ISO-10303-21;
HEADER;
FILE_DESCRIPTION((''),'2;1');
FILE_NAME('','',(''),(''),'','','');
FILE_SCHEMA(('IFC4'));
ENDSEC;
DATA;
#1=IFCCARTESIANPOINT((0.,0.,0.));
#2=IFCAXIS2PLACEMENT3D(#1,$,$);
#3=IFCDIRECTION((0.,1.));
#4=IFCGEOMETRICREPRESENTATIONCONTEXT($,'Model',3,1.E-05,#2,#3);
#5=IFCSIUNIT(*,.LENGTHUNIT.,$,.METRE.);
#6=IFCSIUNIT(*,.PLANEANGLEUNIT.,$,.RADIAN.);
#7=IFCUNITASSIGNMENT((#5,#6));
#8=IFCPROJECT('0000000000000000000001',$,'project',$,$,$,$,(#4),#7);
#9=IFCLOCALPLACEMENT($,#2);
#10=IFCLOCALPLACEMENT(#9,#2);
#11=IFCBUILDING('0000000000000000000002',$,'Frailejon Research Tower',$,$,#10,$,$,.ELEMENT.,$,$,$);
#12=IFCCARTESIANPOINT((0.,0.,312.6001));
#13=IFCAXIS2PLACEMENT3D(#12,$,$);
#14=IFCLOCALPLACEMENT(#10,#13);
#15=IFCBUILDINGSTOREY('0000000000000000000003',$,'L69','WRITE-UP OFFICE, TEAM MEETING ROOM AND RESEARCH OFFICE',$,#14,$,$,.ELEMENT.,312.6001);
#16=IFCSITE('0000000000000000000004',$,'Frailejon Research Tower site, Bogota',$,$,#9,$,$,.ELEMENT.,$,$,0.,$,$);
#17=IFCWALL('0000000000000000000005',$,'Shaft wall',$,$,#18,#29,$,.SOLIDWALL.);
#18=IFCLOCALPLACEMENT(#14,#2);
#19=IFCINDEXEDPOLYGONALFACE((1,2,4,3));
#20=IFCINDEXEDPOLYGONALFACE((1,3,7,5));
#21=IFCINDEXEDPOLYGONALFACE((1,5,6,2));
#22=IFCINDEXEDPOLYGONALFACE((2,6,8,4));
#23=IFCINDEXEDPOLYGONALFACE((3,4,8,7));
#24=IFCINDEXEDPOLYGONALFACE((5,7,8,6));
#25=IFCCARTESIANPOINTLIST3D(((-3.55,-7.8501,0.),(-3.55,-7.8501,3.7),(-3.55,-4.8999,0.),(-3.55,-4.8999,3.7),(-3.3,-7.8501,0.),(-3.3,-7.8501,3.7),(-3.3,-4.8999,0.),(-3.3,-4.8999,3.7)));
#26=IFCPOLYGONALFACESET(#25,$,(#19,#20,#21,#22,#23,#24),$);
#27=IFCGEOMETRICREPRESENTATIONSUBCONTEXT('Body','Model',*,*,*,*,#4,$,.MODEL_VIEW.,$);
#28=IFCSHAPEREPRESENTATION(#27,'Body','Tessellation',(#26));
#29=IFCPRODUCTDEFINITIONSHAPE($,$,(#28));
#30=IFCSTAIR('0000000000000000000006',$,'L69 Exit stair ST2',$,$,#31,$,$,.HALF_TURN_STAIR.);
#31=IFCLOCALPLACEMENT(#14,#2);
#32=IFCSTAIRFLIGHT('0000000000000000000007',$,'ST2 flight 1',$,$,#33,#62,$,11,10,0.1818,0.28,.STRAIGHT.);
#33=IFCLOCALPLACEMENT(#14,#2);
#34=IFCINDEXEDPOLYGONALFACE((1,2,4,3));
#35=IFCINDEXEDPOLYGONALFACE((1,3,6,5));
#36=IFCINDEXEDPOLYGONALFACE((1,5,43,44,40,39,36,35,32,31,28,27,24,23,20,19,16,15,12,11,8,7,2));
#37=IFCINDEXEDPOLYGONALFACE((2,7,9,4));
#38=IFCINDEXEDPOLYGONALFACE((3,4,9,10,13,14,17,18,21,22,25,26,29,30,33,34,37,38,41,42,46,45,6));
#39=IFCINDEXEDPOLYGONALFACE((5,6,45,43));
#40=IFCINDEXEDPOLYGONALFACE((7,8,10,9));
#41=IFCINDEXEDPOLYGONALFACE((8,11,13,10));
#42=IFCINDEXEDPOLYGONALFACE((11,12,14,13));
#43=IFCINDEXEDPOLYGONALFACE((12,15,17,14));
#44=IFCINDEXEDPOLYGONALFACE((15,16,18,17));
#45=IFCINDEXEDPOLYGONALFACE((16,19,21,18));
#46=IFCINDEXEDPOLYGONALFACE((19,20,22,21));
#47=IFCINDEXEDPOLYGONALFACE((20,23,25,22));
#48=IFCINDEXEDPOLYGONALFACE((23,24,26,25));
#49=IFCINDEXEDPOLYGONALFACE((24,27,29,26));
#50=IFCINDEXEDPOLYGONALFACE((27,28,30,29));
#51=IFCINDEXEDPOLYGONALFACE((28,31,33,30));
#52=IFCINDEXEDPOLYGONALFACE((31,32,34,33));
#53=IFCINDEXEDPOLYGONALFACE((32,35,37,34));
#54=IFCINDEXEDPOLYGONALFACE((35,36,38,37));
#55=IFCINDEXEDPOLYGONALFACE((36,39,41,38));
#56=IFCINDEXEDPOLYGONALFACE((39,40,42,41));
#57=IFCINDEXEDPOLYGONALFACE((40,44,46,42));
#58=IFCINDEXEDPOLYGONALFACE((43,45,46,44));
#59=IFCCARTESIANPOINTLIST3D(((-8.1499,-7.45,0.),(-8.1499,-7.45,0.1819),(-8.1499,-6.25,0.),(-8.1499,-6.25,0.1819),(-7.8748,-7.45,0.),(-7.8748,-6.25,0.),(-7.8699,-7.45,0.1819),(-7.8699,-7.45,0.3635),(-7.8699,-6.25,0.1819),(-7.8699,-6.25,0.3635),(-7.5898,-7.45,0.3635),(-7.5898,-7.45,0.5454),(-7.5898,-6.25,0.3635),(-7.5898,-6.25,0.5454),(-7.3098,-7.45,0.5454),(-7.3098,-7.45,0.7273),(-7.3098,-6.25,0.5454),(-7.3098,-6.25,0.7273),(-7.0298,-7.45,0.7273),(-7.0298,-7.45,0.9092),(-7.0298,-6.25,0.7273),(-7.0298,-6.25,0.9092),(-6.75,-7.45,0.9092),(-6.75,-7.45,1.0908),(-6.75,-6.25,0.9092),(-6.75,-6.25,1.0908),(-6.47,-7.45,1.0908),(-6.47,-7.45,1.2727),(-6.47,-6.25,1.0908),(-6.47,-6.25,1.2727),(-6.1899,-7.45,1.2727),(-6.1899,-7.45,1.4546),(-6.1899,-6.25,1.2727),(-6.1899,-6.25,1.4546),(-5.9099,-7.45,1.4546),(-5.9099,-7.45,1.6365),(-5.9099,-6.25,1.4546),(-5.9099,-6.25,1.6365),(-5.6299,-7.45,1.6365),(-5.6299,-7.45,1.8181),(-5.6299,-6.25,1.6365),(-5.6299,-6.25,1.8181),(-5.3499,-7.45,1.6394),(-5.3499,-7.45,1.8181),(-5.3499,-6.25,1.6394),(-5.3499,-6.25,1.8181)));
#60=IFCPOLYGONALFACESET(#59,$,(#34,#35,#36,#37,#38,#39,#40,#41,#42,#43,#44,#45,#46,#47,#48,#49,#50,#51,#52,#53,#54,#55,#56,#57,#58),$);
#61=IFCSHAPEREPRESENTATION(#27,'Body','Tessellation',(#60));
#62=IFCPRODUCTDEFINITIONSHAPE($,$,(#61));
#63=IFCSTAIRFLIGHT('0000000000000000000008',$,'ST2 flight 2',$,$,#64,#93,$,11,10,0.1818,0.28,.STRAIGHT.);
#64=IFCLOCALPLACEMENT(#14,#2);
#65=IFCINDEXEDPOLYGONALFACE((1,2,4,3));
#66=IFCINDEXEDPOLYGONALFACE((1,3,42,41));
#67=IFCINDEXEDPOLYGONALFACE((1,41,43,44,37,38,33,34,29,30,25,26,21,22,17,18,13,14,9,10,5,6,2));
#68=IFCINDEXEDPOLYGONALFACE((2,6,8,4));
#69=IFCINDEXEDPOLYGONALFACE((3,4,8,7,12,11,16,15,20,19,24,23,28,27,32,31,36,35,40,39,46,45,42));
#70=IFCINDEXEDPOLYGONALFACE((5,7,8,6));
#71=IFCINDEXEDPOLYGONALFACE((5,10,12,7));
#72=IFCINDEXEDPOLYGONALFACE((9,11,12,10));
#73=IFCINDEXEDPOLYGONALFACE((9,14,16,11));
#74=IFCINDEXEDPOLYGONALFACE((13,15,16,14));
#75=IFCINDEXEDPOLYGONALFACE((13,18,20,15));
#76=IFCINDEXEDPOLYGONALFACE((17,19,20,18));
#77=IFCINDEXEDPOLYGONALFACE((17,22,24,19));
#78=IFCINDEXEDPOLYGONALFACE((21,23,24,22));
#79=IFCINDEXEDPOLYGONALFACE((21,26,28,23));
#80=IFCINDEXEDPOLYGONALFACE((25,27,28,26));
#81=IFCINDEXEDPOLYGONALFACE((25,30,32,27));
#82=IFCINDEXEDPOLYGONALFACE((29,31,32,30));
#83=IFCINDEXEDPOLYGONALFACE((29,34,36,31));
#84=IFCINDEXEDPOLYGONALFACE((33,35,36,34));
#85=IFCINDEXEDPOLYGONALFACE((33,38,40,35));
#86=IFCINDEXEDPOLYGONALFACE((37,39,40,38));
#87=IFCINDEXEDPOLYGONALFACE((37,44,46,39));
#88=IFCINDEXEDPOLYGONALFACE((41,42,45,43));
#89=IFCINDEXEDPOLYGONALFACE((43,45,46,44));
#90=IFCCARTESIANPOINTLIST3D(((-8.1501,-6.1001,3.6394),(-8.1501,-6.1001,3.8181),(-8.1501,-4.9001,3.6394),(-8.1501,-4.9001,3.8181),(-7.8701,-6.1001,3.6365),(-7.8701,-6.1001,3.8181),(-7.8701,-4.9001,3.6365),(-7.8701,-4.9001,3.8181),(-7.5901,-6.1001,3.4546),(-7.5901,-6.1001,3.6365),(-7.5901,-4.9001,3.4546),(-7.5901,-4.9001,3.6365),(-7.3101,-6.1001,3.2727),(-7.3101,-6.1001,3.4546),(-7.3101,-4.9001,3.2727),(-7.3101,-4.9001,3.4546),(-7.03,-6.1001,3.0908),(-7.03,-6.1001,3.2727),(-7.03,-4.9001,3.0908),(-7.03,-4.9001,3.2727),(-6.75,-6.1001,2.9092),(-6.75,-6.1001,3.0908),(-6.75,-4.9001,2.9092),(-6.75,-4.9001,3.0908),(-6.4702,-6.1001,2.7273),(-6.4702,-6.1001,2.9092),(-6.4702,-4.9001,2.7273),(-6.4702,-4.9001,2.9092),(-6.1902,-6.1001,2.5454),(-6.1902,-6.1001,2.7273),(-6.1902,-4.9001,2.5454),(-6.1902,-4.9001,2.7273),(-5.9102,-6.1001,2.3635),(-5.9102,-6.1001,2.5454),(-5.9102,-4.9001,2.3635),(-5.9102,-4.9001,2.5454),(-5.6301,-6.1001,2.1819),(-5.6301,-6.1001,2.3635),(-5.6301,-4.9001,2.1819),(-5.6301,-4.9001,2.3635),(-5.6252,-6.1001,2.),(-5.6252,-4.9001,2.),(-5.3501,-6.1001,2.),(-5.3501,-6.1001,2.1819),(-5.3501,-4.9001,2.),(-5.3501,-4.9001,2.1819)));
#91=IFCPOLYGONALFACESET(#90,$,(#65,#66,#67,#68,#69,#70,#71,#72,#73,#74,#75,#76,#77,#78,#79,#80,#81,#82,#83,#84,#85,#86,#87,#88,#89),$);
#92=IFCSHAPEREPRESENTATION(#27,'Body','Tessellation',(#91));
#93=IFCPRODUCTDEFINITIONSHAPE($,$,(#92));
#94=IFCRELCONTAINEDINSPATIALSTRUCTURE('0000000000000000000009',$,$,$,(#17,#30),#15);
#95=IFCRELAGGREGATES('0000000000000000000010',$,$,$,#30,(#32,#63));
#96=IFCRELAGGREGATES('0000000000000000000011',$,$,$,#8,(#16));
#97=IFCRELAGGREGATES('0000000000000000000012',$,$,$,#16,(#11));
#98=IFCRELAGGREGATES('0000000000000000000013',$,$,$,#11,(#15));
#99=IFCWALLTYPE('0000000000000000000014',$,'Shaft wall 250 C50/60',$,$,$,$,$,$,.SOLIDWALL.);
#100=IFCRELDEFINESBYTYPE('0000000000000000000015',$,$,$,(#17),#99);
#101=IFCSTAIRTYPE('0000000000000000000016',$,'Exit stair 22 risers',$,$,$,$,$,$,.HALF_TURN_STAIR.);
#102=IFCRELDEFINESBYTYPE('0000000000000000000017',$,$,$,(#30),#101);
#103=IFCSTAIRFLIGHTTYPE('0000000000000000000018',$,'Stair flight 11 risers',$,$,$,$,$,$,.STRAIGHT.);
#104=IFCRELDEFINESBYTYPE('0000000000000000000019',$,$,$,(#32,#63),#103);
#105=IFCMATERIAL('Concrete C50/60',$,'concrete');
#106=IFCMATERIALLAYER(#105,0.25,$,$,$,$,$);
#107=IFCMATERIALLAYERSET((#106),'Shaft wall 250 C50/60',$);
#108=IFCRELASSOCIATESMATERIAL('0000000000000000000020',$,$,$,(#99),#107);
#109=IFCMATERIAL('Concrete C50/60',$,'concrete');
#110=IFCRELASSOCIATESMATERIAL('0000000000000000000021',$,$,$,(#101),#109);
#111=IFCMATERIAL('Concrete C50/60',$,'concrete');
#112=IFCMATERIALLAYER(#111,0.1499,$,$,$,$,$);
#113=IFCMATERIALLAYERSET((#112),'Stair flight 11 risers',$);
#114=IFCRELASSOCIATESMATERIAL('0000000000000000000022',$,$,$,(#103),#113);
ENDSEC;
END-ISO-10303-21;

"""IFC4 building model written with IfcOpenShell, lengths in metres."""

from ifc_helpers import new_model, si_unit, direction, frame, frame_2d, origin, place, context, subcontext, project, spatial, polyline, rectangle, outline, extrude, material, layer, layer_set, type_object, element, aggregate, save


model = new_model("IFC4")

# Units and contexts
model_context = context("Model", 3, precision=1e-05, world=origin(), true_north=direction((0.0, 1.0)))
body_context = subcontext(model_context, "Body", "Model", "MODEL_VIEW")
ifc_project = project(units=[si_unit("LENGTHUNIT", "METRE"), si_unit("PLANEANGLEUNIT", "RADIAN")], contexts=[model_context])

# Site, building, storey
site_placement = place(None, origin())
site = spatial("IfcSite", under=ifc_project, at=site_placement, Name="Frailejon Research Tower site, Bogota", CompositionType="ELEMENT", RefElevation=0.0)
building_placement = place(site_placement, origin())
building = spatial("IfcBuilding", under=site, at=building_placement, Name="Frailejon Research Tower", CompositionType="ELEMENT")
storey_placement = place(building_placement, frame((0.0, 0.0, 312.6001)))
storey = spatial("IfcBuildingStorey", under=building, at=storey_placement, Name="L69", Description="WRITE-UP OFFICE, TEAM MEETING ROOM AND RESEARCH OFFICE", CompositionType="ELEMENT", Elevation=312.6001)

# Shared definitions
ifc_material_1 = material(Name="Concrete C50/60", Category="concrete")
ifc_layer_1 = layer(ifc_material_1, 0.25)
ifc_layer_set_1 = layer_set([ifc_layer_1], Name="Shaft wall 250 C50/60")
wall_type_1 = type_object("IfcWallType", Name="Shaft wall 250 C50/60", PredefinedType="SOLIDWALL", material=ifc_layer_set_1)

# Wall
wall_1_placement = place(storey_placement, frame((-3.425, -7.8501, 0.0), z_axis=(0.0, 0.0, 1.0), x_axis=(0.0, 1.0, 0.0)))
element("IfcWall", 1, at=wall_1_placement, inside=storey, type_object=wall_type_1, Name="Shaft wall", PredefinedType="SOLIDWALL", context=body_context, shape_type="SweptSolid", body=[
    extrude(rectangle(XDim=2.9502, YDim=0.25, at=frame_2d((1.4751, 0.0))), origin(), (0.0, 0.0, 1.0), 3.7),
])

# Stair, stair flights
ifc_material_2 = material(Name="Concrete C50/60", Category="concrete")
stair_type = type_object("IfcStairType", Name="Exit stair 22 risers", PredefinedType="HALF_TURN_STAIR", material=ifc_material_2)
stair_placement = place(storey_placement, origin())
stair = element("IfcStair", 2, at=stair_placement, inside=storey, type_object=stair_type, Name="L69 Exit stair ST2", PredefinedType="HALF_TURN_STAIR")
ifc_material_3 = material(Name="Concrete C50/60", Category="concrete")
ifc_layer_2 = layer(ifc_material_3, 0.1499)
ifc_layer_set_2 = layer_set([ifc_layer_2], Name="Stair flight 11 risers")
stair_flight_type = type_object("IfcStairFlightType", Name="Stair flight 11 risers", PredefinedType="STRAIGHT", material=ifc_layer_set_2)
stair_flight_1_placement = place(storey_placement, frame((-8.1499, -6.8501, 0.0), z_axis=(0.0, 0.0, 1.0), x_axis=(1.0, 0.0, 0.0)))
stair_flight_1 = element("IfcStairFlight", 3, at=stair_flight_1_placement, type_object=stair_flight_type, Name="ST2 flight 1", NumberOfRisers=11, NumberOfTreads=10, PredefinedType="STRAIGHT", RiserHeight=0.1818, TreadLength=0.28, context=body_context, shape_type="SweptSolid", body=[
    extrude(outline(polyline([(0.0, 0.0), (0.0, 0.1819), (0.28, 0.1819), (0.28, 0.3635), (0.5601, 0.3635), (0.5601, 0.5454), (0.8401, 0.5454), (0.8401, 0.7273), (1.1201, 0.7273), (1.1201, 0.9092), (1.3999, 0.9092), (1.3999, 1.0908), (1.6799, 1.0908), (1.6799, 1.2727), (1.96, 1.2727), (1.96, 1.4546), (2.24, 1.4546), (2.24, 1.6365), (2.52, 1.6365), (2.52, 1.8181), (2.8, 1.8181), (2.8, 2.0), (2.8, 1.6394), (0.2751, 0.0), (0.0, 0.0)])), frame((0.0, 0.6001, 0.0), z_axis=(0.0, -1.0, 0.0), x_axis=(1.0, 0.0, 0.0)), (0.0, 0.0, 1.0), 1.2),
])
stair_flight_2_placement = place(storey_placement, frame((-5.3501, -5.5, 2.0), z_axis=(0.0, 0.0, 1.0), x_axis=(-1.0, 0.0, 0.0)))
stair_flight_2 = element("IfcStairFlight", 4, at=stair_flight_2_placement, type_object=stair_flight_type, Name="ST2 flight 2", NumberOfRisers=11, NumberOfTreads=10, PredefinedType="STRAIGHT", RiserHeight=0.1818, TreadLength=0.28, context=body_context, shape_type="SweptSolid", body=[
    extrude(outline(polyline([(0.0, 0.0), (0.0, 0.1819), (0.28, 0.1819), (0.28, 0.3635), (0.5601, 0.3635), (0.5601, 0.5454), (0.8401, 0.5454), (0.8401, 0.7273), (1.1201, 0.7273), (1.1201, 0.9092), (1.3999, 0.9092), (1.3999, 1.0908), (1.6799, 1.0908), (1.6799, 1.2727), (1.96, 1.2727), (1.96, 1.4546), (2.24, 1.4546), (2.24, 1.6365), (2.52, 1.6365), (2.52, 1.8181), (2.8, 1.8181), (2.8, 2.0), (2.8, 1.6394), (0.2751, 0.0), (0.0, 0.0)])), frame((0.0, 0.6001, 0.0), z_axis=(0.0, -1.0, 0.0), x_axis=(1.0, 0.0, 0.0)), (0.0, 0.0, 1.0), 1.2),
])
aggregate(stair, [stair_flight_1, stair_flight_2])

save(model, "model.ifc")
